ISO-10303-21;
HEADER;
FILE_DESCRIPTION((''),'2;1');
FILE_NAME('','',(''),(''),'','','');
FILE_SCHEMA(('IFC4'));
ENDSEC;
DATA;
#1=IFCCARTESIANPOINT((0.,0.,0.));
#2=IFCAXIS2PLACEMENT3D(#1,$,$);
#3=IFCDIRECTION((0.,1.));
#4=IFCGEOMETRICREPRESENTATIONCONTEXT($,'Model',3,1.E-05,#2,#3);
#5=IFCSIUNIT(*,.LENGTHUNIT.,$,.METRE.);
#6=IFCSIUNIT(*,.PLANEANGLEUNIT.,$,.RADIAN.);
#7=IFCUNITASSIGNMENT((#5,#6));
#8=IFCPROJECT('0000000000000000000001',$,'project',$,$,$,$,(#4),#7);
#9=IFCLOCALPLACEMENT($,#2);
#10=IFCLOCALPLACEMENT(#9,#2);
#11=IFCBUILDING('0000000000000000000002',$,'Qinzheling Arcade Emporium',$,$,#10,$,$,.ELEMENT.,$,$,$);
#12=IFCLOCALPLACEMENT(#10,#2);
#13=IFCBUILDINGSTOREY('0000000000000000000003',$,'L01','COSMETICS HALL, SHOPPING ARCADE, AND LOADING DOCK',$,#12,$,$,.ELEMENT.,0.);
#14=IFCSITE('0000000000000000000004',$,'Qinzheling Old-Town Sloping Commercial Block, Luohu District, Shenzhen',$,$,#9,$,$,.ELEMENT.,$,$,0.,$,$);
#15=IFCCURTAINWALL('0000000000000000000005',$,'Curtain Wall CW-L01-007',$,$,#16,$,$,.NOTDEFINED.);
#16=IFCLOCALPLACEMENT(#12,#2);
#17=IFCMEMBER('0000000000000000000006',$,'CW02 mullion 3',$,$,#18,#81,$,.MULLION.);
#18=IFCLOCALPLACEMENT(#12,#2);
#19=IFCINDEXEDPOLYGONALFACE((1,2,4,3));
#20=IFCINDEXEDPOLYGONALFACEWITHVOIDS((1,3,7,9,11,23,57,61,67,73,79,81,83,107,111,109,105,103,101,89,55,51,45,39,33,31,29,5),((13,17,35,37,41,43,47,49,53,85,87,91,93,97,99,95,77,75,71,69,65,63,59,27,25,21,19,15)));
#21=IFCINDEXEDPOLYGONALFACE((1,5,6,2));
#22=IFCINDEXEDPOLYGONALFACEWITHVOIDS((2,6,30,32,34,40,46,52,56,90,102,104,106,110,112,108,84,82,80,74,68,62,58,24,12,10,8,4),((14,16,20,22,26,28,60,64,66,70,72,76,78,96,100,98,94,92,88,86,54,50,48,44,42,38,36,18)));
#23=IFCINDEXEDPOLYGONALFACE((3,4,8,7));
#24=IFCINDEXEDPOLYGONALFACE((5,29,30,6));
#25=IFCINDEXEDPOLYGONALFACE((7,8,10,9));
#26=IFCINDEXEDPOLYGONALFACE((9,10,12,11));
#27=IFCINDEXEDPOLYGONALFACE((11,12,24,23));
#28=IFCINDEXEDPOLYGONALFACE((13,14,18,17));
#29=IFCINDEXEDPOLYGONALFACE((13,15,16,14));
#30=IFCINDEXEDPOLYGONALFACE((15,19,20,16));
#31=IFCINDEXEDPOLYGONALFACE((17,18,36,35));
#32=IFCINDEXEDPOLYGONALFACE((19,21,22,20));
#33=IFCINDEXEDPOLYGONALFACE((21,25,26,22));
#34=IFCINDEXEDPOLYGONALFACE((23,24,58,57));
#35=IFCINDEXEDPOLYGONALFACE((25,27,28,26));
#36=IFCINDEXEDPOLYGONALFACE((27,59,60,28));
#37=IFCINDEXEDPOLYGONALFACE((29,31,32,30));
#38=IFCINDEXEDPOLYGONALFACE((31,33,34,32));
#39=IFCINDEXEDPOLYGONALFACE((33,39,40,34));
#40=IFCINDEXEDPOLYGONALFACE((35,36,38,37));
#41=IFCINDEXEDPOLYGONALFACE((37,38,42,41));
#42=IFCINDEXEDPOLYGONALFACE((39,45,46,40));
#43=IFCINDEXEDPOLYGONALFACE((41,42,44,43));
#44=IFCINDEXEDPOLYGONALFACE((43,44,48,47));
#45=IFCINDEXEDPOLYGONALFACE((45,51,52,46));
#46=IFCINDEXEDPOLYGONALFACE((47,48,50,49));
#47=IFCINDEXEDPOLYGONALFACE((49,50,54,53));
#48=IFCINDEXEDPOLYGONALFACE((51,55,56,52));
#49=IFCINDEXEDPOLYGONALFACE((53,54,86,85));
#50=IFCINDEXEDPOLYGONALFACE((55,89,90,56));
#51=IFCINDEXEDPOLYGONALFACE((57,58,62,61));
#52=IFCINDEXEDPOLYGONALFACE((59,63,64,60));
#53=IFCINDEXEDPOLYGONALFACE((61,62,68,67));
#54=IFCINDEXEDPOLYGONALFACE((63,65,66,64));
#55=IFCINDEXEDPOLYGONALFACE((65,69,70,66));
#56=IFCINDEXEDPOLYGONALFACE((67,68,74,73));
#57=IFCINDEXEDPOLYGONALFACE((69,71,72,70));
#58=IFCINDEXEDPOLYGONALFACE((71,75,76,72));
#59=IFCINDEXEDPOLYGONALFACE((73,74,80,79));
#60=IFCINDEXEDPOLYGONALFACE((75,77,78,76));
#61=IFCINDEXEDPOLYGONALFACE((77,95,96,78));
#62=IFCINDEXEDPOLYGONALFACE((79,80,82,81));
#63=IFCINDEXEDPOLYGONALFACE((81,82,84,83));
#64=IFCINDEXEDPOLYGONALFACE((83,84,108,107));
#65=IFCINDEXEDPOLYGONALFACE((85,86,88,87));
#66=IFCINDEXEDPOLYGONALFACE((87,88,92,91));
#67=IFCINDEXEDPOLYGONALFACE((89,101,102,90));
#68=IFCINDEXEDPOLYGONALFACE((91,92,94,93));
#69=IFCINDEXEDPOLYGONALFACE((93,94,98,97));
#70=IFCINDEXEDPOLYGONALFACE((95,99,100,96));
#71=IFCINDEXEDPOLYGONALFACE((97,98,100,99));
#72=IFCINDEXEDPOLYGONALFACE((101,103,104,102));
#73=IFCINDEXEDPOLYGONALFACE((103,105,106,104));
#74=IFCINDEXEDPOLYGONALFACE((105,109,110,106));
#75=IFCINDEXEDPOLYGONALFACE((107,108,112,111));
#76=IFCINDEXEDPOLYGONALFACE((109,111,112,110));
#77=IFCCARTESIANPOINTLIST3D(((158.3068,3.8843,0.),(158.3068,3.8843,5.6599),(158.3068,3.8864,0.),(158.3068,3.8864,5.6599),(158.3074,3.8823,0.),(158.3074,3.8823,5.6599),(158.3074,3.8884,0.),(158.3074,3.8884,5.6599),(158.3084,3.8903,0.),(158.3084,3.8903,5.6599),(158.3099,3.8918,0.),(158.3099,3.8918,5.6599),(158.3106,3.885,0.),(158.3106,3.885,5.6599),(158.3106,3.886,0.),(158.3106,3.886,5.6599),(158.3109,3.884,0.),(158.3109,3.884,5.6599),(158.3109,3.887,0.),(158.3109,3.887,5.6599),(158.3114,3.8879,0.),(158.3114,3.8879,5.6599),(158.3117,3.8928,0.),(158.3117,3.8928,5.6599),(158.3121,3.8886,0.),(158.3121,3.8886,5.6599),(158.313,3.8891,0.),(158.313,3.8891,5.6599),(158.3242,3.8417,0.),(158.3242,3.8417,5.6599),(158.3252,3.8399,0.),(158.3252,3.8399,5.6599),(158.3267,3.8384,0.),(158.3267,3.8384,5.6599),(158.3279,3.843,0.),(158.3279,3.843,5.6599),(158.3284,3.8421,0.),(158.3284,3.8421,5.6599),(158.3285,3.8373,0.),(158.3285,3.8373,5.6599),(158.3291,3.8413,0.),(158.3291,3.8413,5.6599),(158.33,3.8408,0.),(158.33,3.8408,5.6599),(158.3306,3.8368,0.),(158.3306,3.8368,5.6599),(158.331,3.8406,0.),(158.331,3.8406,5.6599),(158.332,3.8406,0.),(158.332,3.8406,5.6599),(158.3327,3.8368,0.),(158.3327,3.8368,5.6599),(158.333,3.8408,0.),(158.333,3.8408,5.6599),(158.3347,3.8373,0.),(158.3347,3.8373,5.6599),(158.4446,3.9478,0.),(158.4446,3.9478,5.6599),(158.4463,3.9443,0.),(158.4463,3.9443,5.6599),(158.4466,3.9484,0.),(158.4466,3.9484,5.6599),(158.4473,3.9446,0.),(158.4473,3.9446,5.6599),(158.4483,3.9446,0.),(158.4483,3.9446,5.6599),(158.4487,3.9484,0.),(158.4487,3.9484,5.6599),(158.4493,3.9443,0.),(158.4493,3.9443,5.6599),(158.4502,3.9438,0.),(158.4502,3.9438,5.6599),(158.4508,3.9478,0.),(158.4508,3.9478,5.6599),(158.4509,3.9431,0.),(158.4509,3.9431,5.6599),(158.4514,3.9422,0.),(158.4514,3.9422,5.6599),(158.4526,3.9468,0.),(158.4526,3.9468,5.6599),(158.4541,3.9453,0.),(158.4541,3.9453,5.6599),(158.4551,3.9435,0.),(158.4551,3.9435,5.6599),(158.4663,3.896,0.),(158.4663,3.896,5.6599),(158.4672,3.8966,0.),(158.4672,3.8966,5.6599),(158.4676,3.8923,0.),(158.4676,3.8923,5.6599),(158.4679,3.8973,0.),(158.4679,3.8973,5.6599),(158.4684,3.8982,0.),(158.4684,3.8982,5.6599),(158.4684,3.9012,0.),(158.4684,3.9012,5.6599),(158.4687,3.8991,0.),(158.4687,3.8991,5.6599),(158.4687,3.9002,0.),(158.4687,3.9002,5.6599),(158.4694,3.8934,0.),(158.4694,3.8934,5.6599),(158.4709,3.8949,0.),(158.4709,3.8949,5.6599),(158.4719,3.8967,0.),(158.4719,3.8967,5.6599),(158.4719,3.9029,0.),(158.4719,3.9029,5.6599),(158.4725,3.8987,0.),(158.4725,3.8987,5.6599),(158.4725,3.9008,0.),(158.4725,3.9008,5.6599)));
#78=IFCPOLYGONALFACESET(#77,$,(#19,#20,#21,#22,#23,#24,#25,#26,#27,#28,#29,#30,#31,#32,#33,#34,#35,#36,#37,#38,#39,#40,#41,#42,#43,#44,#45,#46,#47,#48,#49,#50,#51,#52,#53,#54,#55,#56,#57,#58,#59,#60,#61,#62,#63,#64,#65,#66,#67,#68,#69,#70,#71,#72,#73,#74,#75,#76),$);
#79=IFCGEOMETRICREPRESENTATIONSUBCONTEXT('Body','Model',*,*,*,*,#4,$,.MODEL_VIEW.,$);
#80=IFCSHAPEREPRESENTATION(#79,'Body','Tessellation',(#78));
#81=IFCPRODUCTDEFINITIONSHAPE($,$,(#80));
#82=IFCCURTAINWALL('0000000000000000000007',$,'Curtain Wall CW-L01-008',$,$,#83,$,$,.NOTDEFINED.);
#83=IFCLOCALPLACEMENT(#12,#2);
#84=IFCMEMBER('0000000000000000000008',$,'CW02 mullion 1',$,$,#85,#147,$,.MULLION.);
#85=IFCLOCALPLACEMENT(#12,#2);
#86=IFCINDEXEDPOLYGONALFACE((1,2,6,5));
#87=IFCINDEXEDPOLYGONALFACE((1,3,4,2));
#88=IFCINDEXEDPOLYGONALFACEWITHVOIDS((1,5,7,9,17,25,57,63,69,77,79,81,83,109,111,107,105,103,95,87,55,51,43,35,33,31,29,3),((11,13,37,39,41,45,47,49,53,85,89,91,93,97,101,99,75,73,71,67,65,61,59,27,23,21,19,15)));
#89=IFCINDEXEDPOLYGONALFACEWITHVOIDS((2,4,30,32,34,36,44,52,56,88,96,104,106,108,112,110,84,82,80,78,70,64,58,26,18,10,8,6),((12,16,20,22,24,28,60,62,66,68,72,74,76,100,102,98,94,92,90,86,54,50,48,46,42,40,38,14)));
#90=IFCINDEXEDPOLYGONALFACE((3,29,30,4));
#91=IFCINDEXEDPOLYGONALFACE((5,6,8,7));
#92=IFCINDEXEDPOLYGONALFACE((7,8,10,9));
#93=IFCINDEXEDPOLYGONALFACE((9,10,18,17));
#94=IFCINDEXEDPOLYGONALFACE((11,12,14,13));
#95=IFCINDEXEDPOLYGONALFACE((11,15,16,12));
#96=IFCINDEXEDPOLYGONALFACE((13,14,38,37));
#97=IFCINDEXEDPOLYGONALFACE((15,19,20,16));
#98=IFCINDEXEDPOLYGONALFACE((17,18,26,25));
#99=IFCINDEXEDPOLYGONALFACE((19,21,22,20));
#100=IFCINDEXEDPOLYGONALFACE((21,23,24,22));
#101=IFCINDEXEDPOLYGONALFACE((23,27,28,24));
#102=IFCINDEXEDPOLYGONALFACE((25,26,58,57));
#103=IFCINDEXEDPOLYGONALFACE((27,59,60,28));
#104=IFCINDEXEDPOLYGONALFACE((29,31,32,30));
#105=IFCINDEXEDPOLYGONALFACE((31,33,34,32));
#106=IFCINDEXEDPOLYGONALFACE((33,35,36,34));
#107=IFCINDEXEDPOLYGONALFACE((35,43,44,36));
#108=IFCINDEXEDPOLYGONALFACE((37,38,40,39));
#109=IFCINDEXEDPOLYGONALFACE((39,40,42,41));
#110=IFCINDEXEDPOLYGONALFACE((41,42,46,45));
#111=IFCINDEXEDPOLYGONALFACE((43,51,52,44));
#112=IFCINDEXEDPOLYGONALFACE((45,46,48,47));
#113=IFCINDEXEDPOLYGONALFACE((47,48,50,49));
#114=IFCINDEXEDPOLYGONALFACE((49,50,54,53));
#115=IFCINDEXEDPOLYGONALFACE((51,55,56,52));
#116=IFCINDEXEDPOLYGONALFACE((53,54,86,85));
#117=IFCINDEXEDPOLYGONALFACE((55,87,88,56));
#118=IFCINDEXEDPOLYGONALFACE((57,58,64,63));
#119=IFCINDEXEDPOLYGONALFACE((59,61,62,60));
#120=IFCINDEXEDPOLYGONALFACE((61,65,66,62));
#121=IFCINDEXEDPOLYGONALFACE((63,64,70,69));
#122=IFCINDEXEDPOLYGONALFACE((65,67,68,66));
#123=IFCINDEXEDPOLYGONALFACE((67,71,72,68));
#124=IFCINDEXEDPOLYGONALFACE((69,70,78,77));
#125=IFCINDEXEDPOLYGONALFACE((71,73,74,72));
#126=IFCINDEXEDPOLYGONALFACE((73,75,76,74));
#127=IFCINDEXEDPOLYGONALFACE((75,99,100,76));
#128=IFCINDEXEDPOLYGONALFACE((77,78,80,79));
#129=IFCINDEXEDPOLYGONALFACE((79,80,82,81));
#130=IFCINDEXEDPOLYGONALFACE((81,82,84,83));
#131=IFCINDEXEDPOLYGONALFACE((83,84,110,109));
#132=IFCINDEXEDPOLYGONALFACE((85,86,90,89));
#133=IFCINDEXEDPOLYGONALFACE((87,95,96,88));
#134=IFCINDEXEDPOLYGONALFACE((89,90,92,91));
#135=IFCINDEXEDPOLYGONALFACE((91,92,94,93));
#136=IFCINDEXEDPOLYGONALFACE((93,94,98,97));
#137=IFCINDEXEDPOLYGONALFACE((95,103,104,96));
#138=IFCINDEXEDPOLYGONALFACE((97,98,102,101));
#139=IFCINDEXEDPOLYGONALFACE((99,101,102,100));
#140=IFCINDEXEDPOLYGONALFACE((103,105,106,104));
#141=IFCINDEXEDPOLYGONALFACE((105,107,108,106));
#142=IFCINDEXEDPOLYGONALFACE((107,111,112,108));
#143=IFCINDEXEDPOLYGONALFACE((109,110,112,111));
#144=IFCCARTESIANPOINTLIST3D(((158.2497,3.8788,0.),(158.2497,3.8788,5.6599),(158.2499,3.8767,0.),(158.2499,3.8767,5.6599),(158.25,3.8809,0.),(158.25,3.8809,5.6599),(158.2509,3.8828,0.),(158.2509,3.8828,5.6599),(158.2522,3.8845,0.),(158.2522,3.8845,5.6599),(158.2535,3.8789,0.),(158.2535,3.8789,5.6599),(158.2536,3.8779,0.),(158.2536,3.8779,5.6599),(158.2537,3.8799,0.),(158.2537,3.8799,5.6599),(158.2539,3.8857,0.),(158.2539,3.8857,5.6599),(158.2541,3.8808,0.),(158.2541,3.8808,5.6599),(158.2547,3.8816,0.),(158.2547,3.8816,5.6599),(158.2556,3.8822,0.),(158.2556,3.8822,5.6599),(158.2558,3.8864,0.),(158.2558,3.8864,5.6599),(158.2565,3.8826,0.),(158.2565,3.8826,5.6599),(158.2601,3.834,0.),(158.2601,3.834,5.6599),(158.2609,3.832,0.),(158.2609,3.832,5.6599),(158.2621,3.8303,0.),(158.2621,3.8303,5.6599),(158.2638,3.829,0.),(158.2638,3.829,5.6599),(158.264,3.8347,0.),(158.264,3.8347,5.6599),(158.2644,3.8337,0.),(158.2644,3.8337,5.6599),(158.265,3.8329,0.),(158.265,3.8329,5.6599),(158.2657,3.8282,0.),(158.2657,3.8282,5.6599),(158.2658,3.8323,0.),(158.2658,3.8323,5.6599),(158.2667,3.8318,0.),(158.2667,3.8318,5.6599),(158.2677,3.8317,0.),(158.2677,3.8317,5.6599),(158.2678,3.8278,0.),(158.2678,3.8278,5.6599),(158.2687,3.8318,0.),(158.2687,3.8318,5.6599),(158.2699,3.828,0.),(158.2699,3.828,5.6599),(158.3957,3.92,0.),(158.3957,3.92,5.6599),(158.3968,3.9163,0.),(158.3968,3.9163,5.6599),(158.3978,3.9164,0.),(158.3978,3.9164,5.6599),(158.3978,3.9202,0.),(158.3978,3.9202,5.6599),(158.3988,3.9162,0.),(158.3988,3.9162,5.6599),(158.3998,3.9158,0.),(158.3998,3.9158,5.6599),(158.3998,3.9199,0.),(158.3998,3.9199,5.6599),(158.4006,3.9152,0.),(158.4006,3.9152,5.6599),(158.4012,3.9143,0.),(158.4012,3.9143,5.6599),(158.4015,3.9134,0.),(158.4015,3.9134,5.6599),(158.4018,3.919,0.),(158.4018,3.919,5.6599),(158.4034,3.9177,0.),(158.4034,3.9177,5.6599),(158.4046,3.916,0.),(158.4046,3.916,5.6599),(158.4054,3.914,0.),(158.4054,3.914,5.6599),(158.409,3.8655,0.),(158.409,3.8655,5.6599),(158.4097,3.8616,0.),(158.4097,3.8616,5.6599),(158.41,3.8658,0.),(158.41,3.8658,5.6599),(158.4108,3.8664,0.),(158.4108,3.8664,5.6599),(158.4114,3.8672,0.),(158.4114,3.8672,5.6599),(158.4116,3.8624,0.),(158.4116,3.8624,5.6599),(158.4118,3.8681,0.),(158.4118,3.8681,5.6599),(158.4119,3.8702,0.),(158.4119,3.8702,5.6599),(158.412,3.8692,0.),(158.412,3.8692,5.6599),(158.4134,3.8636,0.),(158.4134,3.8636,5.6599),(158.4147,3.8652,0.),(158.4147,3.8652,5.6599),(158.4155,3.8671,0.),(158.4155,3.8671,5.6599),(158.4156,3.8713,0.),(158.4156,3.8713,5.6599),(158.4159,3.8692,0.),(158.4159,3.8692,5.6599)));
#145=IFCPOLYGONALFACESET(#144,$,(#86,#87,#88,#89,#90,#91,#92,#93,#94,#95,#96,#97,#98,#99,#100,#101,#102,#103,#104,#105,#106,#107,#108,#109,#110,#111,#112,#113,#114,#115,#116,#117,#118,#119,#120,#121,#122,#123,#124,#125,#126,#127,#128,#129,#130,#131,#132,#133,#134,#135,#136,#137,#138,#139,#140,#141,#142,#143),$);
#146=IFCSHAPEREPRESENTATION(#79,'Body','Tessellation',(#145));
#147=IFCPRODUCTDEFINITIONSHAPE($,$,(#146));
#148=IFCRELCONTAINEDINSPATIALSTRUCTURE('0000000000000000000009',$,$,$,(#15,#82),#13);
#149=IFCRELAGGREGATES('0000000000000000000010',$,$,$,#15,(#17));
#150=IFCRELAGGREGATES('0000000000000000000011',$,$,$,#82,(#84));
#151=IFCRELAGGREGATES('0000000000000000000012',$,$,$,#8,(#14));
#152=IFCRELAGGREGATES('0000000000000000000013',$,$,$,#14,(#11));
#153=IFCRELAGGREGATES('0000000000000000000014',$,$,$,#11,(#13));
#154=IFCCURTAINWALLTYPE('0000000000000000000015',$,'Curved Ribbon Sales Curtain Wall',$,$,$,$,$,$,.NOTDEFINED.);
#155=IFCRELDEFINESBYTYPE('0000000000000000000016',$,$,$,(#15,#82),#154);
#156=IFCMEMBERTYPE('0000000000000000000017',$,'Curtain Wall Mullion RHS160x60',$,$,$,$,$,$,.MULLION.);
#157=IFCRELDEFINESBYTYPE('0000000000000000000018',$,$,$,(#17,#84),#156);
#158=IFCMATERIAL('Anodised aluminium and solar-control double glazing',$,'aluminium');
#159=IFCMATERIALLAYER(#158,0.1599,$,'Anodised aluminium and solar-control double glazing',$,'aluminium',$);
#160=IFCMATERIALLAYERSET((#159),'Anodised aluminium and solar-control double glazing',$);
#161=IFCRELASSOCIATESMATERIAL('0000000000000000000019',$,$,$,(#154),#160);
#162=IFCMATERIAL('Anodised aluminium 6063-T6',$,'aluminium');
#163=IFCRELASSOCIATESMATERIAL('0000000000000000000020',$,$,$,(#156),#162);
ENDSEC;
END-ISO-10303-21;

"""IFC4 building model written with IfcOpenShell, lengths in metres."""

from ifc_helpers import new_model, si_unit, direction, frame, origin, origin_2d, place, context, subcontext, project, spatial, hollow_rectangle, extrude, material, layer, layer_set, material_profile, profile_set, type_object, element, aggregate, save


model = new_model("IFC4")

# Units and contexts
model_context = context("Model", 3, precision=1e-05, world=origin(), true_north=direction((0.0, 1.0)))
body_context = subcontext(model_context, "Body", "Model", "MODEL_VIEW")
ifc_project = project(units=[si_unit("LENGTHUNIT", "METRE"), si_unit("PLANEANGLEUNIT", "RADIAN")], contexts=[model_context])

# Site, building, storey
site_placement = place(None, origin())
site = spatial("IfcSite", under=ifc_project, at=site_placement, Name="Qinzheling Old-Town Sloping Commercial Block, Luohu District, Shenzhen", CompositionType="ELEMENT", RefElevation=0.0)
building_placement = place(site_placement, origin())
building = spatial("IfcBuilding", under=site, at=building_placement, Name="Qinzheling Arcade Emporium", CompositionType="ELEMENT")
storey_placement = place(building_placement, origin())
storey = spatial("IfcBuildingStorey", under=building, at=storey_placement, Name="L01", Description="COSMETICS HALL, SHOPPING ARCADE, AND LOADING DOCK", CompositionType="ELEMENT", Elevation=0.0)

# Curtain walls, members
ifc_material_1 = material(Name="Anodised aluminium and solar-control double glazing", Category="aluminium")
ifc_layer_1 = layer(ifc_material_1, 0.1599, Name="Anodised aluminium and solar-control double glazing", Category="aluminium")
ifc_layer_set_1 = layer_set([ifc_layer_1], Name="Anodised aluminium and solar-control double glazing")
curtain_wall_type = type_object("IfcCurtainWallType", Name="Curved Ribbon Sales Curtain Wall", PredefinedType="NOTDEFINED", material=ifc_layer_set_1)
curtain_wall_1_placement = place(storey_placement, origin())
curtain_wall_1 = element("IfcCurtainWall", 1, at=curtain_wall_1_placement, inside=storey, type_object=curtain_wall_type, Name="Curtain Wall CW-L01-007", PredefinedType="NOTDEFINED")
ifc_material_2 = material(Name="Anodised aluminium 6063-T6", Category="aluminium")
ifc_material_profile_1 = material_profile(ifc_material_2, hollow_rectangle(XDim=0.0601, YDim=0.1599, WallThickness=0.0039, InnerFilletRadius=0.0039, OuterFilletRadius=0.0081, at=origin_2d()), Name="RHS 160x60x4", Category="aluminium")
ifc_profile_set_1 = profile_set([ifc_material_profile_1], Name="Anodised aluminium 6063-T6")
member_type_1 = type_object("IfcMemberType", Name="Curtain Wall Mullion RHS160x60", PredefinedType="MULLION", material=ifc_profile_set_1)
member_1_placement = place(storey_placement, frame((158.3896, 3.8926, 0.0), z_axis=(0.0, 0.0, 1.0), x_axis=(0.382654, -0.923892, 0.0)))
member_1 = element("IfcMember", 2, at=member_1_placement, type_object=member_type_1, Name="CW02 mullion 3", PredefinedType="MULLION", context=body_context, shape_type="SweptSolid", body=[
    extrude(hollow_rectangle(XDim=0.0601, YDim=0.1599, WallThickness=0.0039, InnerFilletRadius=0.0039, OuterFilletRadius=0.0081, at=origin_2d()), origin(), (0.0, 0.0, 1.0), 5.6599),
])
curtain_wall_2_placement = place(storey_placement, origin())
curtain_wall_2 = element("IfcCurtainWall", 3, at=curtain_wall_2_placement, inside=storey, type_object=curtain_wall_type, Name="Curtain Wall CW-L01-008", PredefinedType="NOTDEFINED")
member_2_placement = place(storey_placement, frame((158.3328, 3.874, 0.0), z_axis=(0.0, 0.0, 1.0), x_axis=(0.23336, -0.972391, 0.0)))
member_2 = element("IfcMember", 4, at=member_2_placement, type_object=member_type_1, Name="CW02 mullion 1", PredefinedType="MULLION", context=body_context, shape_type="SweptSolid", body=[
    extrude(hollow_rectangle(XDim=0.0601, YDim=0.1599, WallThickness=0.0039, InnerFilletRadius=0.0039, OuterFilletRadius=0.0081, at=origin_2d()), origin(), (0.0, 0.0, 1.0), 5.6599),
])

aggregate(curtain_wall_1, [member_1])
aggregate(curtain_wall_2, [member_2])

save(model, "model.ifc")
